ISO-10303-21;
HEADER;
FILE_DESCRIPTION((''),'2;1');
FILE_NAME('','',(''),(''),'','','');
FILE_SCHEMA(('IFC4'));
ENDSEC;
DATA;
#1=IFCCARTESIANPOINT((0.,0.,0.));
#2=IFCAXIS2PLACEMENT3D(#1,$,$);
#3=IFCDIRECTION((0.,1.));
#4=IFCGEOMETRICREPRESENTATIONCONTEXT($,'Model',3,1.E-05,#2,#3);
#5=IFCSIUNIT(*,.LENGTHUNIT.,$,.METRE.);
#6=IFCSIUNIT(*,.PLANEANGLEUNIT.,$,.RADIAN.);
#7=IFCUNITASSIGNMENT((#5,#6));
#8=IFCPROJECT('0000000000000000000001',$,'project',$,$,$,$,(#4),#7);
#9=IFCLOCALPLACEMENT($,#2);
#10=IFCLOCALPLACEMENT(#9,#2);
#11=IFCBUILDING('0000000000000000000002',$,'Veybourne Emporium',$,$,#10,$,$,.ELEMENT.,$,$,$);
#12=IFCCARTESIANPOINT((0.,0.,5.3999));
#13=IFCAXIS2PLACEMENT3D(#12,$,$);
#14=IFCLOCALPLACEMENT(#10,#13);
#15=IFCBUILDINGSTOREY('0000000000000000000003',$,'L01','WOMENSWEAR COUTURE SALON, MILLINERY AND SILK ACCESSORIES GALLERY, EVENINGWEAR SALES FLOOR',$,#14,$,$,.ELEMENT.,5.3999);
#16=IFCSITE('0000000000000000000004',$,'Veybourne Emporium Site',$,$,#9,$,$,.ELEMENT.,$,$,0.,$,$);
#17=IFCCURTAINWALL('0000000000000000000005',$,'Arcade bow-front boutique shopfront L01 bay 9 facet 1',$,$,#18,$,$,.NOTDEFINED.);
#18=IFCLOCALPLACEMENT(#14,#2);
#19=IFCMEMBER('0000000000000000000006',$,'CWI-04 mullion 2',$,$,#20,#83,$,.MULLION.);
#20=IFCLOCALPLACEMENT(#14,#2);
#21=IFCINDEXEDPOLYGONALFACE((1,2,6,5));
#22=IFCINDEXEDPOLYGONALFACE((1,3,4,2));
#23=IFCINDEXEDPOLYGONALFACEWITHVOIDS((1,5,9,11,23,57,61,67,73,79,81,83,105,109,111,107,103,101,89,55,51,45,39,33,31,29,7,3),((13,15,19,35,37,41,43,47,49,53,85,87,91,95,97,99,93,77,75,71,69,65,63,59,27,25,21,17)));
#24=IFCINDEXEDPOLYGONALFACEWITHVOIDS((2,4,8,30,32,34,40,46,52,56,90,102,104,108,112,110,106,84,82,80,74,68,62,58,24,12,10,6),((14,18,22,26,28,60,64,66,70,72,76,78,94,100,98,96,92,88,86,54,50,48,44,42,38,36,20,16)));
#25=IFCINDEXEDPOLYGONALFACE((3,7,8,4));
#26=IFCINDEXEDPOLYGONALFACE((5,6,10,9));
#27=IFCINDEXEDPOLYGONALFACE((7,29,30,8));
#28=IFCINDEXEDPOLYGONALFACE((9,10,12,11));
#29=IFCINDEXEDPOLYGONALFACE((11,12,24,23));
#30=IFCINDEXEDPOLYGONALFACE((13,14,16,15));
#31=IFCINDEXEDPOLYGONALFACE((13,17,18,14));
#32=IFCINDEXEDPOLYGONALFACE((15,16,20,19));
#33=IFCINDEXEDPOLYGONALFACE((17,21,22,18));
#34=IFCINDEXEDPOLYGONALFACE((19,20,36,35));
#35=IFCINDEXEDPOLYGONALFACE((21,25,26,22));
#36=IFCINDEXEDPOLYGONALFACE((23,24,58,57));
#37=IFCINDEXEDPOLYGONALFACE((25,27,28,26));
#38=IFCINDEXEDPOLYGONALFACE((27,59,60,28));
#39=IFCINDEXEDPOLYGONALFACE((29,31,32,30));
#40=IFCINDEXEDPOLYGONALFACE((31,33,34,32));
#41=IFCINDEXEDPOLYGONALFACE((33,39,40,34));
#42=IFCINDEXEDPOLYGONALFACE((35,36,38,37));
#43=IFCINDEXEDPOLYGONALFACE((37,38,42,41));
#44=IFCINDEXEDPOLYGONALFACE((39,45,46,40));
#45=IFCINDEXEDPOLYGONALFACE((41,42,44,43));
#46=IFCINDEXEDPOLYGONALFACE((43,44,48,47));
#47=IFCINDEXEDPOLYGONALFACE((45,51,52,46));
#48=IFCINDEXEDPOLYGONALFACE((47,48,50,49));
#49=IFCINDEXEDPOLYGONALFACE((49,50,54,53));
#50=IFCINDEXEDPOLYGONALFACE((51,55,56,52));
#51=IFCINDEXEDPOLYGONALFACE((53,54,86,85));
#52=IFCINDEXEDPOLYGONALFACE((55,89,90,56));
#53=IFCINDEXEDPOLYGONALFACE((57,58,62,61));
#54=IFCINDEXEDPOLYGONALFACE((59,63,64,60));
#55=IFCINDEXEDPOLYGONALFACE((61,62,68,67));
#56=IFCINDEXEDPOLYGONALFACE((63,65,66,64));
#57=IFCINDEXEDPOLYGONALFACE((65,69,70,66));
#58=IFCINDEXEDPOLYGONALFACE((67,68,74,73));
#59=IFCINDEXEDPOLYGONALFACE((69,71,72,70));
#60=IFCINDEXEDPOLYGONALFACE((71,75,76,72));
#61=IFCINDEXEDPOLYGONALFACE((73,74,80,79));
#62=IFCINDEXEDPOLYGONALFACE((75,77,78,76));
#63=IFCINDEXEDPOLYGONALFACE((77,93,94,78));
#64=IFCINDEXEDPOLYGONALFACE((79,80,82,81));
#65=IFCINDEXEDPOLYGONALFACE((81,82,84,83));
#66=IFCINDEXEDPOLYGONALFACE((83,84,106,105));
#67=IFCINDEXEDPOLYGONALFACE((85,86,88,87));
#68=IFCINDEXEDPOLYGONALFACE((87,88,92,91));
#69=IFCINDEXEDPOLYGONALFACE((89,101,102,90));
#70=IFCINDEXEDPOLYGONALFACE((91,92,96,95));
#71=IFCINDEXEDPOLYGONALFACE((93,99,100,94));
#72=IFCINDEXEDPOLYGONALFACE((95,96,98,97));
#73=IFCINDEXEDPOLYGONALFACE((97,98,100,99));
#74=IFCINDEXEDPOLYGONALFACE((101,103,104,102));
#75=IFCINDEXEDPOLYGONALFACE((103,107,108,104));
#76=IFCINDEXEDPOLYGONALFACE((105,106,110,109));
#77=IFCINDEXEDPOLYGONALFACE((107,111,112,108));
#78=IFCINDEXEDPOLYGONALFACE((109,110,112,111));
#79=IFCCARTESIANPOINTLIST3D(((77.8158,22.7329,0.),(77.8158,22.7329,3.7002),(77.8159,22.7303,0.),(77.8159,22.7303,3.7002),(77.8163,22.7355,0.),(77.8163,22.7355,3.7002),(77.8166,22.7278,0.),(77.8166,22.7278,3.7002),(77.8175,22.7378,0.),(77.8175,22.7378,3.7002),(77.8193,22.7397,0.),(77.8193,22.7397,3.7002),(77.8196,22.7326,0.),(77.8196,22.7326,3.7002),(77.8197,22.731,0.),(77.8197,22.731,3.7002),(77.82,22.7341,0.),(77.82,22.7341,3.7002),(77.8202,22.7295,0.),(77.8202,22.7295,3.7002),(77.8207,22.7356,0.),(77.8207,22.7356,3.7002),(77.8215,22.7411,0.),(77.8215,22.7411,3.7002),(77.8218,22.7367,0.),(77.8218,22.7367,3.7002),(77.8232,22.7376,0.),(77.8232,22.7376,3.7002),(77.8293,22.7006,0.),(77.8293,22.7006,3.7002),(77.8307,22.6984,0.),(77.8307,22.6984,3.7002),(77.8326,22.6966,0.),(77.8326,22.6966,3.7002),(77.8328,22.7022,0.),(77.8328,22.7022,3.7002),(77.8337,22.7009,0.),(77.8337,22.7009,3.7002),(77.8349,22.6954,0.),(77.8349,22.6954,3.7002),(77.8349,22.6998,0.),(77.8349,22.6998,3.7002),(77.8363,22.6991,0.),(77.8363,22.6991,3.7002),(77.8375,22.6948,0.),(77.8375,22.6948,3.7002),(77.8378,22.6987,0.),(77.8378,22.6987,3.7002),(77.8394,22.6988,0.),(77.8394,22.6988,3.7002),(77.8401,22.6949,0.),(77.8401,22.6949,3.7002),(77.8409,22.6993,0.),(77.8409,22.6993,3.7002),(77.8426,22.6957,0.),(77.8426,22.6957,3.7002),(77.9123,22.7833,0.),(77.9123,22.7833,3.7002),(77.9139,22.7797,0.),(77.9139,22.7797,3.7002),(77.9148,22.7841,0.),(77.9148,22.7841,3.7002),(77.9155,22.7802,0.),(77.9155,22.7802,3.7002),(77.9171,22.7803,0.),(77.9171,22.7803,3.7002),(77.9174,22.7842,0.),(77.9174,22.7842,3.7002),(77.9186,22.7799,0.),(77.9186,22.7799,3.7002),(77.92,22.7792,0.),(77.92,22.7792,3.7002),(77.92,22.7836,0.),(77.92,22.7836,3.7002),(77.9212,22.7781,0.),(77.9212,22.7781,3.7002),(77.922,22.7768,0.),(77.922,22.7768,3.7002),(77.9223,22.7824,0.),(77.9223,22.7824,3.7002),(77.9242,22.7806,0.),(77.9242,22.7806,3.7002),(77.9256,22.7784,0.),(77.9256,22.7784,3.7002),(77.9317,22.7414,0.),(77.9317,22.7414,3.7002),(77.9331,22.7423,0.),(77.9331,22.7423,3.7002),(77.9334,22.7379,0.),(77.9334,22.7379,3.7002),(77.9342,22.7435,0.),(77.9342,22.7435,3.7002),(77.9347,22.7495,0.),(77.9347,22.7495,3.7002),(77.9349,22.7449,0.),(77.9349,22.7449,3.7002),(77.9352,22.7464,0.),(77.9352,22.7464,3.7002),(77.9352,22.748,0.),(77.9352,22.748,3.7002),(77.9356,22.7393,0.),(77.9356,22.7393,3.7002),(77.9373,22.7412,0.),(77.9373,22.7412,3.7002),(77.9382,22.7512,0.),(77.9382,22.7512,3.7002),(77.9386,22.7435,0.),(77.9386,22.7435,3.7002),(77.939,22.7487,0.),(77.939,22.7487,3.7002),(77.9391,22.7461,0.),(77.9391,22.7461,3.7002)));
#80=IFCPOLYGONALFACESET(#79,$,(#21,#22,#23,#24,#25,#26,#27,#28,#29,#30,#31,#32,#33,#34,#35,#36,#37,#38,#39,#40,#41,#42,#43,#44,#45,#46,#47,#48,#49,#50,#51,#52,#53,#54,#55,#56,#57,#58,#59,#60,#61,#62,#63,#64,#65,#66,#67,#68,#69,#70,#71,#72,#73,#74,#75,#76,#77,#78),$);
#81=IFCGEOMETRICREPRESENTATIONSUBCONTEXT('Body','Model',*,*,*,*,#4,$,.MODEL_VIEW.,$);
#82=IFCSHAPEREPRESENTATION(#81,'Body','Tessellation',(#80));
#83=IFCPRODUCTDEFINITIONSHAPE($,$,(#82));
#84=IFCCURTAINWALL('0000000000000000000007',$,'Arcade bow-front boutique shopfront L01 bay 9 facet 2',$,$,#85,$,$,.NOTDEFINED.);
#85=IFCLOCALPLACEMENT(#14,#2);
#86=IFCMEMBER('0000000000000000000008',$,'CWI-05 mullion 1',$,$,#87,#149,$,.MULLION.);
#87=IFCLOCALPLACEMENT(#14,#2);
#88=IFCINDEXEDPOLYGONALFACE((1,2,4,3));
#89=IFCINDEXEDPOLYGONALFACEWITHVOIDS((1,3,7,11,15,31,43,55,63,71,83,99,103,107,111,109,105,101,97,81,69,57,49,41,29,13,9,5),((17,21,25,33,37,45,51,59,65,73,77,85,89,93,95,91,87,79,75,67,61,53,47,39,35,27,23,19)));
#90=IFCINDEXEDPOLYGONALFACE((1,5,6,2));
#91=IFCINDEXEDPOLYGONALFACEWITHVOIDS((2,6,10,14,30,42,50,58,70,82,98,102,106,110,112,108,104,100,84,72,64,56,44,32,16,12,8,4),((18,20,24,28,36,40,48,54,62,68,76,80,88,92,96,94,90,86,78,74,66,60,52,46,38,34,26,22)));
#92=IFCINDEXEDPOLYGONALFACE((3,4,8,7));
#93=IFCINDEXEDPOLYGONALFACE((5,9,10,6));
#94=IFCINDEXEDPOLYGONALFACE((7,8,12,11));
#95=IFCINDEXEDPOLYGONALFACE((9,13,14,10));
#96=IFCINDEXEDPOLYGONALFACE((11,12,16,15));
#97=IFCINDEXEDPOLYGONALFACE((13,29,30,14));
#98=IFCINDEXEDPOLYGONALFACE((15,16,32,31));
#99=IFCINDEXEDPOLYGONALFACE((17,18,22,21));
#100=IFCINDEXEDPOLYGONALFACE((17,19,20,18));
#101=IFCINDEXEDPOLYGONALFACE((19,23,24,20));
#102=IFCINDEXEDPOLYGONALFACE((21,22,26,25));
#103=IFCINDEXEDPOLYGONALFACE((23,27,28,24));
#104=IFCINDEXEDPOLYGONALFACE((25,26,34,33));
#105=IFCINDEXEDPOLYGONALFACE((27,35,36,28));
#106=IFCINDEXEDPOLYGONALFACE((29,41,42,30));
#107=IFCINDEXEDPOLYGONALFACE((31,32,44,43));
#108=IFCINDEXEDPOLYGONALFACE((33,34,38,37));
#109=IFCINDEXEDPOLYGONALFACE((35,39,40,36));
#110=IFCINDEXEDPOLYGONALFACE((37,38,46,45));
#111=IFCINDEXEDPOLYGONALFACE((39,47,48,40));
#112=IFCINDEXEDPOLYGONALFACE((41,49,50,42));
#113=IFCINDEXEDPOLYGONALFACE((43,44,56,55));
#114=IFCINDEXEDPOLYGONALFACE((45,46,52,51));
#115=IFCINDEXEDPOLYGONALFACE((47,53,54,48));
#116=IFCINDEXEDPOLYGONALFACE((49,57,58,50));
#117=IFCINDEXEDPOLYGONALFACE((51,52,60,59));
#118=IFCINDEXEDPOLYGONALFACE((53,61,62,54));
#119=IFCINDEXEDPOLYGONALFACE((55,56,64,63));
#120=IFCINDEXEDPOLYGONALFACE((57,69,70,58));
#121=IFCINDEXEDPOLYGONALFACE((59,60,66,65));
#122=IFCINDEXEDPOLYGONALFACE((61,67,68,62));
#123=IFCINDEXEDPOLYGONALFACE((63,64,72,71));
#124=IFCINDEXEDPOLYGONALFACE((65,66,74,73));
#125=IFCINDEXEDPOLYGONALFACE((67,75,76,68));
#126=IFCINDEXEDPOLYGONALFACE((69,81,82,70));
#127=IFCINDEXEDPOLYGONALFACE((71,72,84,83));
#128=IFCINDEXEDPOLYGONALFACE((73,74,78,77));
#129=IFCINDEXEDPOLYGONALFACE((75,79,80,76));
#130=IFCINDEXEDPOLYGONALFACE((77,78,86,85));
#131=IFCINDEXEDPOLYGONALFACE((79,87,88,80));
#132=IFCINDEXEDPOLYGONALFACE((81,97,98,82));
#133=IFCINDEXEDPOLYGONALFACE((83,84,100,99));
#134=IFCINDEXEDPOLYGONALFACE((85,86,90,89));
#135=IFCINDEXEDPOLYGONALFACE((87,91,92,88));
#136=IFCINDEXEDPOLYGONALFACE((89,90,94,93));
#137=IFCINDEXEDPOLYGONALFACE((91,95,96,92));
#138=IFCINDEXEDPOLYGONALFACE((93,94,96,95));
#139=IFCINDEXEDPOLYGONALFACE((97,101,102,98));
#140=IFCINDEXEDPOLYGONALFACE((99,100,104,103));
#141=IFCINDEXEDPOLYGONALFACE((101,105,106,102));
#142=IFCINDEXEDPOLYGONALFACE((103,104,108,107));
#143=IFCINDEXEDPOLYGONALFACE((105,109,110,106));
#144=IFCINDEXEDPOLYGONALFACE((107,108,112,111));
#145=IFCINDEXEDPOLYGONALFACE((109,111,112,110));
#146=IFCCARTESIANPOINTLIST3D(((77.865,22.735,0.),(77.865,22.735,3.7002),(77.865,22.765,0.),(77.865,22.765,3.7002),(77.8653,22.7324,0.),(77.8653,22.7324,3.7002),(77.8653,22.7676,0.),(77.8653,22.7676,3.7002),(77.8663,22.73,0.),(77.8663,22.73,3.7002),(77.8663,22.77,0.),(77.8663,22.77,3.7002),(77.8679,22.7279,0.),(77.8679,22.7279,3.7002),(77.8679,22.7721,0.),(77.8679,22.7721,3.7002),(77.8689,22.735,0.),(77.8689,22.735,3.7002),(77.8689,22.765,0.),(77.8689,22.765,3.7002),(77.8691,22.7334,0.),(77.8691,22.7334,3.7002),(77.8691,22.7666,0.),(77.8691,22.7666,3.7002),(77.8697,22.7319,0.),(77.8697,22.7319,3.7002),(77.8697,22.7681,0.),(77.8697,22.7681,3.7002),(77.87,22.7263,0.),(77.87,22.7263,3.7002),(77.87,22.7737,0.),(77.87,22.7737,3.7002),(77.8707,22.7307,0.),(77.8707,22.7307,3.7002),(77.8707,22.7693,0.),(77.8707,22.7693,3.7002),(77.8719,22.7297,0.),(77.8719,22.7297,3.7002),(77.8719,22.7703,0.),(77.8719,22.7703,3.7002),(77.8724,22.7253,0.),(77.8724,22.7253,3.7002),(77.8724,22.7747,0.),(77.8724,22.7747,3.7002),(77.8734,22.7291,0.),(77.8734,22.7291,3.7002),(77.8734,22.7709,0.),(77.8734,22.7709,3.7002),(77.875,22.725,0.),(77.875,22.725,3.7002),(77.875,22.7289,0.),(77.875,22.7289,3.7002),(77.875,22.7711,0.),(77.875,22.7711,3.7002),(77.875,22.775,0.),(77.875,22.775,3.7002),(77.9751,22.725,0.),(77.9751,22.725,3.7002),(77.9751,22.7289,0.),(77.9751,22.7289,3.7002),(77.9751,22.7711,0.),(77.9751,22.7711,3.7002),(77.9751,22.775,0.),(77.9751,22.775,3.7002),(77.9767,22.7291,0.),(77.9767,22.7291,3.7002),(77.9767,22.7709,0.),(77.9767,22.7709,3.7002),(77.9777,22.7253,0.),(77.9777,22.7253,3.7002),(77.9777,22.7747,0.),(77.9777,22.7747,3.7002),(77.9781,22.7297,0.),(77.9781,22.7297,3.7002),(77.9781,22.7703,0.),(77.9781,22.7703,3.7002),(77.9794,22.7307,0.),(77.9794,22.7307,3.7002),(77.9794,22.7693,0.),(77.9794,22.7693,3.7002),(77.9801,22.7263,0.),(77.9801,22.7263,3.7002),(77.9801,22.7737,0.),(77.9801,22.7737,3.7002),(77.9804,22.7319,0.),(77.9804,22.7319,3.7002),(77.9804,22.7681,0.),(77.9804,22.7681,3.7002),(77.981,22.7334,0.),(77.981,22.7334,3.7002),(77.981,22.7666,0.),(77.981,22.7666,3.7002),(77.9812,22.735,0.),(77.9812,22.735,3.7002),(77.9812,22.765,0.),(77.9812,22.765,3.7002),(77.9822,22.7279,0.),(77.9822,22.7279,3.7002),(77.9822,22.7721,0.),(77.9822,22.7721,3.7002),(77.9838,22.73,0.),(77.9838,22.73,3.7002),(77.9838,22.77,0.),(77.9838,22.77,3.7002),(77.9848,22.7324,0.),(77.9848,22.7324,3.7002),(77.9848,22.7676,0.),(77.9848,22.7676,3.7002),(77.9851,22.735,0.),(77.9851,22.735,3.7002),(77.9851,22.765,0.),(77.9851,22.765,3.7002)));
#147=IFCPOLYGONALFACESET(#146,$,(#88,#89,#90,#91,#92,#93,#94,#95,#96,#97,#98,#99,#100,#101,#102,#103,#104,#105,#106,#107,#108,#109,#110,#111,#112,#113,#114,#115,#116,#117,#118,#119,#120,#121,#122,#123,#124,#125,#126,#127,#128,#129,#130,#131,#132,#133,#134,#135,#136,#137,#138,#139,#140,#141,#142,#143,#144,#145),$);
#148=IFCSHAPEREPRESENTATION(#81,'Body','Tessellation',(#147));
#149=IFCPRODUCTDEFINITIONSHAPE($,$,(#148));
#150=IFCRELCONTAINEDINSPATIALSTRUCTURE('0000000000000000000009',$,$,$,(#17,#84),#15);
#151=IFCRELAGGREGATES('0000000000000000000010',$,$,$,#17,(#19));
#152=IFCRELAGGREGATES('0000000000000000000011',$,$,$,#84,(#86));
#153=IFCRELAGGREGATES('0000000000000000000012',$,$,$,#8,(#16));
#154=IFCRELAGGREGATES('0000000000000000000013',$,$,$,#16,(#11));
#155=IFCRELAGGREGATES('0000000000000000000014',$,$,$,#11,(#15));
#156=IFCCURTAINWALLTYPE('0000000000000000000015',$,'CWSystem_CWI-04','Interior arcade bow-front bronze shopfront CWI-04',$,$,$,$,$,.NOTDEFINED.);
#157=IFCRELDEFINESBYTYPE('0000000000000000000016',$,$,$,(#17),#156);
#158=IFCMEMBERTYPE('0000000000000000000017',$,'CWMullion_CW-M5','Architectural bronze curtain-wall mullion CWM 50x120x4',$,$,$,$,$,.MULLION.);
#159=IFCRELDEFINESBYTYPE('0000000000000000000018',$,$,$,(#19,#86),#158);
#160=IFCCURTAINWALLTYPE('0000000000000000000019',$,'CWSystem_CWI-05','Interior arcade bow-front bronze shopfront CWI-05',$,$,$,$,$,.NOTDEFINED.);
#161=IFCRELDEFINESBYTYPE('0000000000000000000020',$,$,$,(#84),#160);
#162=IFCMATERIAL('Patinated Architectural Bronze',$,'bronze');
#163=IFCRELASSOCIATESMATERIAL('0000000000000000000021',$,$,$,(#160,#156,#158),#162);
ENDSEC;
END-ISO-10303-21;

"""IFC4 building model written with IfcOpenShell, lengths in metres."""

from ifc_helpers import new_model, si_unit, direction, frame, origin, origin_2d, place, context, subcontext, project, spatial, hollow_rectangle, extrude, material, material_profile, profile_set, type_object, element, aggregate, save


model = new_model("IFC4")

# Units and contexts
model_context = context("Model", 3, precision=1e-05, world=origin(), true_north=direction((0.0, 1.0)))
body_context = subcontext(model_context, "Body", "Model", "MODEL_VIEW")
ifc_project = project(units=[si_unit("LENGTHUNIT", "METRE"), si_unit("PLANEANGLEUNIT", "RADIAN")], contexts=[model_context])

# Site, building, storey
site_placement = place(None, origin())
site = spatial("IfcSite", under=ifc_project, at=site_placement, Name="Veybourne Emporium Site", CompositionType="ELEMENT", RefElevation=0.0)
building_placement = place(site_placement, origin())
building = spatial("IfcBuilding", under=site, at=building_placement, Name="Veybourne Emporium", CompositionType="ELEMENT")
storey_placement = place(building_placement, frame((0.0, 0.0, 5.3999)))
storey = spatial("IfcBuildingStorey", under=building, at=storey_placement, Name="L01", Description="WOMENSWEAR COUTURE SALON, MILLINERY AND SILK ACCESSORIES GALLERY, EVENINGWEAR SALES FLOOR", CompositionType="ELEMENT", Elevation=5.3999)

# Shared definitions
ifc_material_1 = material(Name="Patinated Architectural Bronze", Category="bronze")
curtain_wall_type_1 = type_object("IfcCurtainWallType", Name="CWSystem_CWI-05", Description="Interior arcade bow-front bronze shopfront CWI-05", PredefinedType="NOTDEFINED", material=ifc_material_1)
ifc_material_profile_1 = material_profile(ifc_material_1, hollow_rectangle(XDim=0.05, YDim=0.1201, WallThickness=0.0039, InnerFilletRadius=0.0061, OuterFilletRadius=0.01, at=origin_2d()), Name="CWM 50x120x4")
ifc_profile_set_1 = profile_set([ifc_material_profile_1], Name="Patinated Architectural Bronze")
member_type_1 = type_object("IfcMemberType", Name="CWMullion_CW-M5", Description="Architectural bronze curtain-wall mullion CWM 50x120x4", PredefinedType="MULLION", material=ifc_profile_set_1)

# Curtain walls, members
curtain_wall_type_2 = type_object("IfcCurtainWallType", Name="CWSystem_CWI-04", Description="Interior arcade bow-front bronze shopfront CWI-04", PredefinedType="NOTDEFINED", material=ifc_material_1)
curtain_wall_1_placement = place(storey_placement, origin())
curtain_wall_1 = element("IfcCurtainWall", 1, at=curtain_wall_1_placement, inside=storey, type_object=curtain_wall_type_2, Name="Arcade bow-front boutique shopfront L01 bay 9 facet 1", PredefinedType="NOTDEFINED")
member_1_placement = place(storey_placement, frame((77.8774, 22.7395, 0.0), z_axis=(0.0, 0.0, 1.0), x_axis=(-0.421111, 0.907009, 0.0)))
member_1 = element("IfcMember", 2, at=member_1_placement, type_object=member_type_1, Name="CWI-04 mullion 2", PredefinedType="MULLION", context=body_context, shape_type="SweptSolid", body=[
    extrude(hollow_rectangle(XDim=0.05, YDim=0.1201, WallThickness=0.0039, InnerFilletRadius=0.0061, OuterFilletRadius=0.01, at=origin_2d()), origin(), (0.0, 0.0, 1.0), 3.7002),
])
curtain_wall_2_placement = place(storey_placement, origin())
curtain_wall_2 = element("IfcCurtainWall", 3, at=curtain_wall_2_placement, inside=storey, type_object=curtain_wall_type_1, Name="Arcade bow-front boutique shopfront L01 bay 9 facet 2", PredefinedType="NOTDEFINED")
member_2_placement = place(storey_placement, frame((77.925, 22.75, 0.0), z_axis=(0.0, 0.0, 1.0), x_axis=(0.0, 1.0, 0.0)))
member_2 = element("IfcMember", 4, at=member_2_placement, type_object=member_type_1, Name="CWI-05 mullion 1", PredefinedType="MULLION", context=body_context, shape_type="SweptSolid", body=[
    extrude(hollow_rectangle(XDim=0.05, YDim=0.1201, WallThickness=0.0039, InnerFilletRadius=0.0061, OuterFilletRadius=0.01, at=origin_2d()), origin(), (0.0, 0.0, 1.0), 3.7002),
])

aggregate(curtain_wall_1, [member_1])
aggregate(curtain_wall_2, [member_2])

save(model, "model.ifc")
